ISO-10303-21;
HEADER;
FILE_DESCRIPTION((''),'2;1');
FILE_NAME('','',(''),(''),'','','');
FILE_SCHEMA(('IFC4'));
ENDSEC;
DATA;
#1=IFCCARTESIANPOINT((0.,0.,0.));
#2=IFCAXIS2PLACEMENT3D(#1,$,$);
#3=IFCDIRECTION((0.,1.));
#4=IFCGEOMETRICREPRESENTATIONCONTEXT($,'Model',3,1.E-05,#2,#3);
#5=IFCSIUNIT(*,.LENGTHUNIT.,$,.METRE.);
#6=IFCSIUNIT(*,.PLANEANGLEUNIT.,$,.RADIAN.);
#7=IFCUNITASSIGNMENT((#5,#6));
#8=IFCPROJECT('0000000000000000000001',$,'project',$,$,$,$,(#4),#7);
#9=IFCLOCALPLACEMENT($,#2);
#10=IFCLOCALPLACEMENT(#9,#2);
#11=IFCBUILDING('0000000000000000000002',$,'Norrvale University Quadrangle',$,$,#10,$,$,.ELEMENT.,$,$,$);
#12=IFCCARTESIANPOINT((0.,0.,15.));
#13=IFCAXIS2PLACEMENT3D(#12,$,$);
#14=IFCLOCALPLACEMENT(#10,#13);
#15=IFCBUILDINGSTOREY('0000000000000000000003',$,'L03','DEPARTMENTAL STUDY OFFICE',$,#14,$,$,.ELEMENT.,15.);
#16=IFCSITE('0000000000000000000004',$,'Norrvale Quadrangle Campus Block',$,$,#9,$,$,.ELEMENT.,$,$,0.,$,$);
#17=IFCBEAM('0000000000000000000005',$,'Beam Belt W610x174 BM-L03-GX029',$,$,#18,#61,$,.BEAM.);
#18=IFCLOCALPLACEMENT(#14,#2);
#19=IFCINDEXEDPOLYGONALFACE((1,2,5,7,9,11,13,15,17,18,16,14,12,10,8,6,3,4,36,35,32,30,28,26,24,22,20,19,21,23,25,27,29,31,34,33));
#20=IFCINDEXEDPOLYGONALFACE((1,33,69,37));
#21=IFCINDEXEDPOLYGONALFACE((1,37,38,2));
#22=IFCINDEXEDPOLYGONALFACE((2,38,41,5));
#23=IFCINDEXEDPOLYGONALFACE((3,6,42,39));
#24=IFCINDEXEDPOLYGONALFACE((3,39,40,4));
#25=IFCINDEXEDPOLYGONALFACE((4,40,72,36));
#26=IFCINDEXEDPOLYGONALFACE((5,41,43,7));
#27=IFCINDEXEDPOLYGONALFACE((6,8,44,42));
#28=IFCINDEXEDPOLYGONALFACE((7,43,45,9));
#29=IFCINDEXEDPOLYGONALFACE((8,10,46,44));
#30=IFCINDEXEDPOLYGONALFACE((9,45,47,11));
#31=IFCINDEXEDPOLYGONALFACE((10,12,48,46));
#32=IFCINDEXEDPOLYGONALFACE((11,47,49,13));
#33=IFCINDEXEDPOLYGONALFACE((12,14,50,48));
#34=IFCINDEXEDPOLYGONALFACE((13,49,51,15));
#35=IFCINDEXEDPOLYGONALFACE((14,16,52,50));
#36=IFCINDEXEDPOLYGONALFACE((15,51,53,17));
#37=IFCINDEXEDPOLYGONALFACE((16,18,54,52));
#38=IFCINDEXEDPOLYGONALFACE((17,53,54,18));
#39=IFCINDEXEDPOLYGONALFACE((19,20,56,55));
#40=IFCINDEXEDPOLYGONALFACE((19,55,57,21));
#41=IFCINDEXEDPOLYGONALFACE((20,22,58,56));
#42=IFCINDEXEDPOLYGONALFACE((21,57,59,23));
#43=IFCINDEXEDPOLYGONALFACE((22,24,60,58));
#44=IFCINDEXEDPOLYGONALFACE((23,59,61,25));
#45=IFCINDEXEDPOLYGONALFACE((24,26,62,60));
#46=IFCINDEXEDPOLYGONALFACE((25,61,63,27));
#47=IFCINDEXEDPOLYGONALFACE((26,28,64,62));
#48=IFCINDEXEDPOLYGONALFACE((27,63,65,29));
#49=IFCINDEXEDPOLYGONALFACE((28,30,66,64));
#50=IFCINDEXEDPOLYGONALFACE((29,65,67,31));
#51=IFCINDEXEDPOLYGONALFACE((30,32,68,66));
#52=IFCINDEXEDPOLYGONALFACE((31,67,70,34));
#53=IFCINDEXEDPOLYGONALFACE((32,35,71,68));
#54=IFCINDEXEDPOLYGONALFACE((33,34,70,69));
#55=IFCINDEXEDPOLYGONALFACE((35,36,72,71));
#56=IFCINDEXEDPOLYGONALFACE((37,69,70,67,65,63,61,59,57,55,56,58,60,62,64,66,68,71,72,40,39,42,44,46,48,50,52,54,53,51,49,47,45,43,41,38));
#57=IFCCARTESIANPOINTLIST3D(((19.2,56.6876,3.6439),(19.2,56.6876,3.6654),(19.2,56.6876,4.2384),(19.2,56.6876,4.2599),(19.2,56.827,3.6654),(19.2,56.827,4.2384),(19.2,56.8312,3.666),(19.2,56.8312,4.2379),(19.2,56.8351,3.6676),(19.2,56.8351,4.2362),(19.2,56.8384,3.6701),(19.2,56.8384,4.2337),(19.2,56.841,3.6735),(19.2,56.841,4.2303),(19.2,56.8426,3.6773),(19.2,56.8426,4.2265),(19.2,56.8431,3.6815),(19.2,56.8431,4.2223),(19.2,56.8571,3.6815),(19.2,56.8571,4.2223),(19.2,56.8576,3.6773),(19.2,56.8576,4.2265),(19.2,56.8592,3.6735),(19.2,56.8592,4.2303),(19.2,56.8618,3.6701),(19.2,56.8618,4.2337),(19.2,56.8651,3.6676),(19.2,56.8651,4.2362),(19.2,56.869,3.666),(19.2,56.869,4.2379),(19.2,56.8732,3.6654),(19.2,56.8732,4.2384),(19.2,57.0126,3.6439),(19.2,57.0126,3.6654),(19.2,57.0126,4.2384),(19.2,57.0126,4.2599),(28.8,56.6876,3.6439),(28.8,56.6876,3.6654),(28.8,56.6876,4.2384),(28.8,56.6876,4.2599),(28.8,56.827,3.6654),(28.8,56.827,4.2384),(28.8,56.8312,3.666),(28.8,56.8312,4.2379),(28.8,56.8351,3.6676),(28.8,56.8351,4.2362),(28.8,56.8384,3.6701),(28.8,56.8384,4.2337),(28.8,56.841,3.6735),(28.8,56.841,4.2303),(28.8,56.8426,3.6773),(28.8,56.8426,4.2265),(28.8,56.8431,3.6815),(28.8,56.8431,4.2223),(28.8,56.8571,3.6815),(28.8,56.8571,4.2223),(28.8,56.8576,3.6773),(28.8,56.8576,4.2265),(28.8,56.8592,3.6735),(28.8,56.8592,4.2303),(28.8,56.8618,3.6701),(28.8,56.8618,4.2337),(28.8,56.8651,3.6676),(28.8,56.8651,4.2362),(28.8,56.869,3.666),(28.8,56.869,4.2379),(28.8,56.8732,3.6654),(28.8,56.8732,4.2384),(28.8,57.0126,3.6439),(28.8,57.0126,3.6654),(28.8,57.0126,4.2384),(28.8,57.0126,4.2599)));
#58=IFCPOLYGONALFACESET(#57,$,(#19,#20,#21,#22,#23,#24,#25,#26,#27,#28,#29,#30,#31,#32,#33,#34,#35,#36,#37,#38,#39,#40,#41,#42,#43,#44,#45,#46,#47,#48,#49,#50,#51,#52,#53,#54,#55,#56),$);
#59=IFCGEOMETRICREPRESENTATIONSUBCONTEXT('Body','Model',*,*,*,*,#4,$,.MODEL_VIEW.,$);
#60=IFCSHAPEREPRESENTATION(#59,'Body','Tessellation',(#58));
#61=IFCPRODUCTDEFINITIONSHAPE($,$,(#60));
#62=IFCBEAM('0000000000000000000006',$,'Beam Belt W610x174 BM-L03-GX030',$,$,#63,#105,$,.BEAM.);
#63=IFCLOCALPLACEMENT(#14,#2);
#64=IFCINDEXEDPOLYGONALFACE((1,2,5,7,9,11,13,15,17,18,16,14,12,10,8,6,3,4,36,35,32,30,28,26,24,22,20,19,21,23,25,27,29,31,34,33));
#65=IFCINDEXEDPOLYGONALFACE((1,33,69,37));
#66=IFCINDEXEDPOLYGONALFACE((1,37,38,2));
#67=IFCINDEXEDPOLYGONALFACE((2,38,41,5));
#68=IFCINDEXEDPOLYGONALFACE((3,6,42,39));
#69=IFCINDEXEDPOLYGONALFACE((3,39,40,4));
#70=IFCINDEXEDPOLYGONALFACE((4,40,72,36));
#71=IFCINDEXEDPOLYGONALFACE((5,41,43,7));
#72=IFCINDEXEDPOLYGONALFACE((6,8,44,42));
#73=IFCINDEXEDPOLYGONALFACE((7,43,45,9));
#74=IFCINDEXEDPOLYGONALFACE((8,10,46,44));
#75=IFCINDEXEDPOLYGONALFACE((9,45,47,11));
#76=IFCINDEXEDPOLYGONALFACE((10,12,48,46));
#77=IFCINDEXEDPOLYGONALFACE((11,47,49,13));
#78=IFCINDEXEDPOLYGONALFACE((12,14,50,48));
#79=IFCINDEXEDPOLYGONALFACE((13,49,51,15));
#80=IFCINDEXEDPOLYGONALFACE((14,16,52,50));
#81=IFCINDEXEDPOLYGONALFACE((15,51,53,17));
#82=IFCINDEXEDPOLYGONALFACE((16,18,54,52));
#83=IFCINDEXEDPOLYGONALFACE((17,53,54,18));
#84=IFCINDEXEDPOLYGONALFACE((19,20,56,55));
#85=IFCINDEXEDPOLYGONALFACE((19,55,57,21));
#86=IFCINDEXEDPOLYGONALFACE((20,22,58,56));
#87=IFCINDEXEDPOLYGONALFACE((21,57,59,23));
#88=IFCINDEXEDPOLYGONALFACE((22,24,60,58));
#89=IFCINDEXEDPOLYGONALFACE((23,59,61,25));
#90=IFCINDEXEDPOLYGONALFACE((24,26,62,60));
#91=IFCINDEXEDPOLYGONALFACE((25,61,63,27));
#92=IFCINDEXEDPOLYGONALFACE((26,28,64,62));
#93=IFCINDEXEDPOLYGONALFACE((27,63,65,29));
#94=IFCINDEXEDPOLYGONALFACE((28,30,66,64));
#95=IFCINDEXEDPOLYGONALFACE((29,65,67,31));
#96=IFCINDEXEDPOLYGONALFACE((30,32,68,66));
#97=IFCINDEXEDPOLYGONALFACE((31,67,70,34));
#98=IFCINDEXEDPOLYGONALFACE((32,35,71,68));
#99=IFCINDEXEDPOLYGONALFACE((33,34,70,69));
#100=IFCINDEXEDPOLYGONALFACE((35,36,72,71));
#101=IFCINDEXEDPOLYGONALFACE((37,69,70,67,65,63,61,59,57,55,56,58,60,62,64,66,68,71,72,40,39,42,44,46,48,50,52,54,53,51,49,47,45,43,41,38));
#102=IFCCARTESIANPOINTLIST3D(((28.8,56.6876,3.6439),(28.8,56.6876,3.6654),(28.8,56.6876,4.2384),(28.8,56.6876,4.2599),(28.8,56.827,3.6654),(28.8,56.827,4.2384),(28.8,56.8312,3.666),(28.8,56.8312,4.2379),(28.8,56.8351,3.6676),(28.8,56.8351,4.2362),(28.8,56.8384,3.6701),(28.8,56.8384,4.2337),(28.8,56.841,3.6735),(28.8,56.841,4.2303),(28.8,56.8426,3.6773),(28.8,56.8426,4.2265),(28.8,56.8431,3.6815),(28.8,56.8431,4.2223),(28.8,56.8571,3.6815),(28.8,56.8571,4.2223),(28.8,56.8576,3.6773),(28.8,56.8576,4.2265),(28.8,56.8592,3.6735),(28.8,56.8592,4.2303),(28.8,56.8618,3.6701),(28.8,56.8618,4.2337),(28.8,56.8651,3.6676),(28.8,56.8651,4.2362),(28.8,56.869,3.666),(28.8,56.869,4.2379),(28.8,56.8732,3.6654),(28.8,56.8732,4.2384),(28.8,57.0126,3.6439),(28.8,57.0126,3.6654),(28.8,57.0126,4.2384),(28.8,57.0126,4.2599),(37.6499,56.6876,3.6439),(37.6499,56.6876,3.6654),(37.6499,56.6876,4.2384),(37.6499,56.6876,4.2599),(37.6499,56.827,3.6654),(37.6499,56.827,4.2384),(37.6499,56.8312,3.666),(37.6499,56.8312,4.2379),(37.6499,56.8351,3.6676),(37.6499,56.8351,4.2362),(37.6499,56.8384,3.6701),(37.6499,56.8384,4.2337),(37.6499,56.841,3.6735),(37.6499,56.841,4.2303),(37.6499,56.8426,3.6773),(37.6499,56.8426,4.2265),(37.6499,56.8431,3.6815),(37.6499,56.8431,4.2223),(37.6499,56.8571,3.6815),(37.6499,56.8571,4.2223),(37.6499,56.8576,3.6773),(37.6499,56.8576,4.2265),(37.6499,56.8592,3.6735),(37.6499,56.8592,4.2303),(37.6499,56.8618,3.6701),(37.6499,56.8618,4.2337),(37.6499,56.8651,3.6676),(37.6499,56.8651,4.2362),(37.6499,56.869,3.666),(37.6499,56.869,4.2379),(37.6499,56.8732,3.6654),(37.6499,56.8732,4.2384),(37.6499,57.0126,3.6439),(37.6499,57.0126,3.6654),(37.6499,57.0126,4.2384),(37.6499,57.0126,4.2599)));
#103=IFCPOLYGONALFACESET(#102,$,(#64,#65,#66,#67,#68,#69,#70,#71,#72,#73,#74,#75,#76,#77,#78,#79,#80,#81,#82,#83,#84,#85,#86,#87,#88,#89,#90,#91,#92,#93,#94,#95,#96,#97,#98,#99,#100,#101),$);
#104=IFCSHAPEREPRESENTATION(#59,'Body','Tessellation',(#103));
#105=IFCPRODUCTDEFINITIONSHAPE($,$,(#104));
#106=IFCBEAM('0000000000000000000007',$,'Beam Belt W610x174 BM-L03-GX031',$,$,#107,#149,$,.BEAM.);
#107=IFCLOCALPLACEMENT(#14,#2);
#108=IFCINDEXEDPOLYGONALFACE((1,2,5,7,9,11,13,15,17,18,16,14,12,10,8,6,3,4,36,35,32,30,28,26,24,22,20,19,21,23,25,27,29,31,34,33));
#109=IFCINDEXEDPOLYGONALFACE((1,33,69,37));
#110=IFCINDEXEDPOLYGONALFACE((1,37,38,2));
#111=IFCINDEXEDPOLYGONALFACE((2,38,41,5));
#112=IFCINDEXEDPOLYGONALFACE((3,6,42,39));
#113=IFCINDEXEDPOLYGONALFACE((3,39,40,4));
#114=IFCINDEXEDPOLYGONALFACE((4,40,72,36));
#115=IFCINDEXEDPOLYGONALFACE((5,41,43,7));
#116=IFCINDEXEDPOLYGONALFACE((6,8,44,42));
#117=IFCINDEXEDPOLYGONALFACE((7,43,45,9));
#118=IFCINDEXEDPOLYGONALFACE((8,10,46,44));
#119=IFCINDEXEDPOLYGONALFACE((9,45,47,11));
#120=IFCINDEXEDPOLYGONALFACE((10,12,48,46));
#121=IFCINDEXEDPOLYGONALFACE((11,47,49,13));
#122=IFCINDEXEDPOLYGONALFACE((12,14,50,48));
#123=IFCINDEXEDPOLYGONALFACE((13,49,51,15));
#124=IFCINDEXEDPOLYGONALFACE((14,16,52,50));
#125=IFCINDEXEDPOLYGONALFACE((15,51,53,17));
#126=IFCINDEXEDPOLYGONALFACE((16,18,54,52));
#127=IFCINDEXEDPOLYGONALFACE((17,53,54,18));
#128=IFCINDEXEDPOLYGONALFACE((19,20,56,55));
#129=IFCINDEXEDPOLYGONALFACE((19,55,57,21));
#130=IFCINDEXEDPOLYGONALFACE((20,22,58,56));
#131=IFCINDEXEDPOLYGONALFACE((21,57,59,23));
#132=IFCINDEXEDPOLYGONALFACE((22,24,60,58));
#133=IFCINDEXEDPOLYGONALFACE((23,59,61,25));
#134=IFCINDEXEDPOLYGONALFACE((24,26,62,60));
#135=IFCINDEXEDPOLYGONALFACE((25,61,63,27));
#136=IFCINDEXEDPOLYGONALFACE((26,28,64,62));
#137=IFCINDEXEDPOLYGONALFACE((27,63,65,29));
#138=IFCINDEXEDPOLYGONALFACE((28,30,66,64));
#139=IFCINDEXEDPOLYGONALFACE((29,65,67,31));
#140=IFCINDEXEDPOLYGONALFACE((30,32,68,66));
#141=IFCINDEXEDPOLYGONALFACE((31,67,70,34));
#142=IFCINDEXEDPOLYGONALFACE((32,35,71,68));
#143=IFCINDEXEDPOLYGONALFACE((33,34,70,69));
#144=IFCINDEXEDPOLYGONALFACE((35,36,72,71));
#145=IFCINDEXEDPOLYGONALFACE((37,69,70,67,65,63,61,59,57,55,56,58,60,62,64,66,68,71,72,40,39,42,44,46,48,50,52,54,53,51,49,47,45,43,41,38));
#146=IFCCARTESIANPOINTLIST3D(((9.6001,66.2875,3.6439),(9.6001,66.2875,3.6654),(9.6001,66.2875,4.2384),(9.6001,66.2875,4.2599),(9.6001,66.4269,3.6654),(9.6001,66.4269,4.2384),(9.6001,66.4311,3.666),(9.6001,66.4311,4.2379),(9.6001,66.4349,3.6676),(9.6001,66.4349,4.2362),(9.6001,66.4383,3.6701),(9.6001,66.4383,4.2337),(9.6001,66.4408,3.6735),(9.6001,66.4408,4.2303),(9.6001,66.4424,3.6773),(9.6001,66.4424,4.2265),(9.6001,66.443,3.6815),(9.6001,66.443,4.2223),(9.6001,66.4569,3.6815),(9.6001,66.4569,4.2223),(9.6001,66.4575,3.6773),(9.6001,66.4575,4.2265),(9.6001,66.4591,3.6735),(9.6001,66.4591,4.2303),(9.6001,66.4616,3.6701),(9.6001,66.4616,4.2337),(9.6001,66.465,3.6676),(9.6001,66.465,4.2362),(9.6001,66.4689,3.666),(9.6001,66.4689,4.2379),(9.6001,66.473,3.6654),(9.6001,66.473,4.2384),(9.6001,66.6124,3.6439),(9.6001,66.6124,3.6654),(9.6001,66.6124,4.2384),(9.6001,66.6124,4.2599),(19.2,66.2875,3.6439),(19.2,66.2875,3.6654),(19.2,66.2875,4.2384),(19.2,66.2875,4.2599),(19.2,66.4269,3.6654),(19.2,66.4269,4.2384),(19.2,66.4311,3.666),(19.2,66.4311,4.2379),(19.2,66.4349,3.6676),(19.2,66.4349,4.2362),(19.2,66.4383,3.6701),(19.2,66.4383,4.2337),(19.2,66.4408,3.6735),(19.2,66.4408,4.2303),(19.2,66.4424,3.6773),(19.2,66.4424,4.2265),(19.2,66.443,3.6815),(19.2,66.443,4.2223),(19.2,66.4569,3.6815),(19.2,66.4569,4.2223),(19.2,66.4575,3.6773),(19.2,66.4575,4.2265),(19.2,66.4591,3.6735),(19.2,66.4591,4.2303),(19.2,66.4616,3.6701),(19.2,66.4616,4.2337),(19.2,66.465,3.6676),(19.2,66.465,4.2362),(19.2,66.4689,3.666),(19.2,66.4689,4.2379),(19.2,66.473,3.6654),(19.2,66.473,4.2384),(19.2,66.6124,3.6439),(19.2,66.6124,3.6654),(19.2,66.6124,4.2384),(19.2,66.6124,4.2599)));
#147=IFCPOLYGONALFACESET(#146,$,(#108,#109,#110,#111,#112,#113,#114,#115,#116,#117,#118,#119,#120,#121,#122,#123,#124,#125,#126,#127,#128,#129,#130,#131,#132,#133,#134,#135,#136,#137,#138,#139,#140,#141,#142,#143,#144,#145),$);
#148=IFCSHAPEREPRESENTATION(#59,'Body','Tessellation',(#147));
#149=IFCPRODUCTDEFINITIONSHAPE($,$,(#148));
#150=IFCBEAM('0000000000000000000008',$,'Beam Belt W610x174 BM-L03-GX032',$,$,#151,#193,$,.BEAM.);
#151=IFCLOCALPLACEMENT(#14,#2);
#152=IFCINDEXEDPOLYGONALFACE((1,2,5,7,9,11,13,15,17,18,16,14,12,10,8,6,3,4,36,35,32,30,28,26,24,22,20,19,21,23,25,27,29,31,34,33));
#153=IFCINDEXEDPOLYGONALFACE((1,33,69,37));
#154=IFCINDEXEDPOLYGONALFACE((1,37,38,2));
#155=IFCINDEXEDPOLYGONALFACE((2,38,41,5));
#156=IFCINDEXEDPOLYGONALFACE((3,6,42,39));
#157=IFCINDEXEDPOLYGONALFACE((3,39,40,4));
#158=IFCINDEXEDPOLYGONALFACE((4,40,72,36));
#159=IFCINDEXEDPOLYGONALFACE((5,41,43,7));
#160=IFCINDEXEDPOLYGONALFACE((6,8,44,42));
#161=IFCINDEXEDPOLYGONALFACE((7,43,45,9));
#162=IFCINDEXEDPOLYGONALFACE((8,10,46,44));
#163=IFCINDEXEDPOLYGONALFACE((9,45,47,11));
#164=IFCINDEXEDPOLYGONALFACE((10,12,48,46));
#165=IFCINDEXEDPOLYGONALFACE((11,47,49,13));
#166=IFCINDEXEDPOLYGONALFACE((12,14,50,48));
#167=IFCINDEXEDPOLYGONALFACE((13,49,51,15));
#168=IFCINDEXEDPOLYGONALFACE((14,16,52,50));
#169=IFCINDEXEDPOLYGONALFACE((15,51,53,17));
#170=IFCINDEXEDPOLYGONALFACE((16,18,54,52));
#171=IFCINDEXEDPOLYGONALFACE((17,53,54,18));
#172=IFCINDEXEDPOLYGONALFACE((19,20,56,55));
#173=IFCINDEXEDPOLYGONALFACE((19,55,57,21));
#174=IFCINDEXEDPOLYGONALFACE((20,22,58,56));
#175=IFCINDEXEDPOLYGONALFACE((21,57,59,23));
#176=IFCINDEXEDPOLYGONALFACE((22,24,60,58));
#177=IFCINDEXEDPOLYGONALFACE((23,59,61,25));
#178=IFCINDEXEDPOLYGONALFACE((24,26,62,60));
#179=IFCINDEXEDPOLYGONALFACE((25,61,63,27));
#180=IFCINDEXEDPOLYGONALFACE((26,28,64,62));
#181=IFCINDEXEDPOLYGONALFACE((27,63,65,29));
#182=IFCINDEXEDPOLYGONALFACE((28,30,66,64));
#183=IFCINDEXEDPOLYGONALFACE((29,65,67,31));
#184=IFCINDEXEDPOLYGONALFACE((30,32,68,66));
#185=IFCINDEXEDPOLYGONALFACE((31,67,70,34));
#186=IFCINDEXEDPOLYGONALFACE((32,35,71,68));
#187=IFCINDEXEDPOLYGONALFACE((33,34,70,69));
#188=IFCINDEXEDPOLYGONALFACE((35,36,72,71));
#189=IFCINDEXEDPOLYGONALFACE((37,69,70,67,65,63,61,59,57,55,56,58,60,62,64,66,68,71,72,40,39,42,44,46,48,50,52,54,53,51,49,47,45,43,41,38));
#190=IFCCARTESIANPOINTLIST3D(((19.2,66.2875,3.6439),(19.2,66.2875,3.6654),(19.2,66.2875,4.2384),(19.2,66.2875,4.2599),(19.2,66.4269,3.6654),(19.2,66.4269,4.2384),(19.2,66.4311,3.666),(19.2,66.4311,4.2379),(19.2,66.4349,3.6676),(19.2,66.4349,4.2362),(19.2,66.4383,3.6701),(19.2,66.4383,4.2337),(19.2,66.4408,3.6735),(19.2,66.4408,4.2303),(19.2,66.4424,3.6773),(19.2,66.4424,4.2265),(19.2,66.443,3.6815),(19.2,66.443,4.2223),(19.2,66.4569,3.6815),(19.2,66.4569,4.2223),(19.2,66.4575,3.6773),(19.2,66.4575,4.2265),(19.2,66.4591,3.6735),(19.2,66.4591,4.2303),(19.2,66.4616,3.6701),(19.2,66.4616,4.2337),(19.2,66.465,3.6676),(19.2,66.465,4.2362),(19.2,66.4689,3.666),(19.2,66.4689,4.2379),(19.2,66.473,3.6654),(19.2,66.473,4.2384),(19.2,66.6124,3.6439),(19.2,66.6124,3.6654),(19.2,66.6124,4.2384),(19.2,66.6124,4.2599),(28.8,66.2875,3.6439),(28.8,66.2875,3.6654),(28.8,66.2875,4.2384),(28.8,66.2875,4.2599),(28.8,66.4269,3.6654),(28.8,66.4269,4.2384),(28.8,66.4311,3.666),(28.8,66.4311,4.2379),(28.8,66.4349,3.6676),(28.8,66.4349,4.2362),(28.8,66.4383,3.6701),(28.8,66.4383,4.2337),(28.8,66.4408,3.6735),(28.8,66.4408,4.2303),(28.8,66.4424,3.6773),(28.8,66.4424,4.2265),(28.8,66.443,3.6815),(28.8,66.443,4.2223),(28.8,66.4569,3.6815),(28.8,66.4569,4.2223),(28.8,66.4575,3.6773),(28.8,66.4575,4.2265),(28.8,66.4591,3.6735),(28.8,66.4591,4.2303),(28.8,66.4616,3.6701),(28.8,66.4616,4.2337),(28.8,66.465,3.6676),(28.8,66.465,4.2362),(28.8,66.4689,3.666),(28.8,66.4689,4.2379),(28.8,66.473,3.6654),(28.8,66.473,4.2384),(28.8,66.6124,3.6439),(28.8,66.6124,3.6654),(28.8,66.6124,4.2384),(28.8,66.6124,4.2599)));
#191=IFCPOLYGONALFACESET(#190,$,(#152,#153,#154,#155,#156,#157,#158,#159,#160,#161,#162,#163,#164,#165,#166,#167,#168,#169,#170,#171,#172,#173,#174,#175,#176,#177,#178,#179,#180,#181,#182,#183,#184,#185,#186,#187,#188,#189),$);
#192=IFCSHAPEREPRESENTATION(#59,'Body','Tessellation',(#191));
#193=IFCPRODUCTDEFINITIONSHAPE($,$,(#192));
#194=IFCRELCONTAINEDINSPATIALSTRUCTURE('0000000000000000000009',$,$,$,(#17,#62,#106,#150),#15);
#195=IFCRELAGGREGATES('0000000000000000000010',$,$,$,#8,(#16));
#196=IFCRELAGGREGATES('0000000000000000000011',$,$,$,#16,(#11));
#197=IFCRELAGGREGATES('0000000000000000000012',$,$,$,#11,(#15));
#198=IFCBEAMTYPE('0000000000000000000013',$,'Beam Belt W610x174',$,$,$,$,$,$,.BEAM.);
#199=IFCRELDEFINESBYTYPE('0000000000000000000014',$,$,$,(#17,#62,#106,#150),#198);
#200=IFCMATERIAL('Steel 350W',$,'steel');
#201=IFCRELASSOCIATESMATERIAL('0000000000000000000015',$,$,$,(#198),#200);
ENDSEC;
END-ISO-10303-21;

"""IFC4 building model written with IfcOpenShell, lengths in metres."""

from ifc_helpers import new_model, si_unit, direction, frame, origin, origin_2d, place, context, subcontext, project, spatial, i_section, extrude, material, material_profile, profile_set, type_object, element, save


model = new_model("IFC4")

# Units and contexts
model_context = context("Model", 3, precision=1e-05, world=origin(), true_north=direction((0.0, 1.0)))
body_context = subcontext(model_context, "Body", "Model", "MODEL_VIEW")
ifc_project = project(units=[si_unit("LENGTHUNIT", "METRE"), si_unit("PLANEANGLEUNIT", "RADIAN")], contexts=[model_context])

# Site, building, storey
site_placement = place(None, origin())
site = spatial("IfcSite", under=ifc_project, at=site_placement, Name="Norrvale Quadrangle Campus Block", CompositionType="ELEMENT", RefElevation=0.0)
building_placement = place(site_placement, origin())
building = spatial("IfcBuilding", under=site, at=building_placement, Name="Norrvale University Quadrangle", CompositionType="ELEMENT")
storey_placement = place(building_placement, frame((0.0, 0.0, 15.0)))
storey = spatial("IfcBuildingStorey", under=building, at=storey_placement, Name="L03", Description="DEPARTMENTAL STUDY OFFICE", CompositionType="ELEMENT", Elevation=15.0)

# Beams
ifc_material_1 = material(Name="Steel 350W", Category="steel")
ifc_material_profile_1 = material_profile(ifc_material_1, i_section(OverallWidth=0.325, OverallDepth=0.616, WebThickness=0.0139, FlangeThickness=0.0215, FilletRadius=0.0161, at=origin_2d()), Name="Steel 350W")
ifc_profile_set_1 = profile_set([ifc_material_profile_1], Name="Steel 350W")
beam_type_1 = type_object("IfcBeamType", Name="Beam Belt W610x174", PredefinedType="BEAM", material=ifc_profile_set_1)
beam_1_placement = place(storey_placement, frame((19.2, 56.8501, 3.9519), z_axis=(1.0, 0.0, 0.0), x_axis=(0.0, 1.0, 0.0)))
element("IfcBeam", 1, at=beam_1_placement, inside=storey, type_object=beam_type_1, Name="Beam Belt W610x174 BM-L03-GX029", PredefinedType="BEAM", context=body_context, shape_type="SweptSolid", body=[
    extrude(i_section(OverallWidth=0.325, OverallDepth=0.616, WebThickness=0.0139, FlangeThickness=0.0215, FilletRadius=0.0161, at=origin_2d()), origin(), (0.0, 0.0, 1.0), 9.6001),
])
beam_2_placement = place(storey_placement, frame((28.8, 56.8501, 3.9519), z_axis=(1.0, 0.0, 0.0), x_axis=(0.0, 1.0, 0.0)))
element("IfcBeam", 2, at=beam_2_placement, inside=storey, type_object=beam_type_1, Name="Beam Belt W610x174 BM-L03-GX030", PredefinedType="BEAM", context=body_context, shape_type="SweptSolid", body=[
    extrude(i_section(OverallWidth=0.325, OverallDepth=0.616, WebThickness=0.0139, FlangeThickness=0.0215, FilletRadius=0.0161, at=origin_2d()), origin(), (0.0, 0.0, 1.0), 8.8499),
])
beam_3_placement = place(storey_placement, frame((9.6001, 66.45, 3.9519), z_axis=(1.0, 0.0, 0.0), x_axis=(0.0, 1.0, 0.0)))
element("IfcBeam", 3, at=beam_3_placement, inside=storey, type_object=beam_type_1, Name="Beam Belt W610x174 BM-L03-GX031", PredefinedType="BEAM", context=body_context, shape_type="SweptSolid", body=[
    extrude(i_section(OverallWidth=0.325, OverallDepth=0.616, WebThickness=0.0139, FlangeThickness=0.0215, FilletRadius=0.0161, at=origin_2d()), origin(), (0.0, 0.0, 1.0), 9.5999),
])
for number, where, z_axis, x_axis, name in (
    (4, (19.2, 66.45, 3.9519), (1.0, 0.0, 0.0), (0.0, 1.0, 0.0), "Beam Belt W610x174 BM-L03-GX032"),
):
    element("IfcBeam", number, at=place(storey_placement, frame(where, z_axis=z_axis, x_axis=x_axis)), inside=storey, type_object=beam_type_1, Name=name, PredefinedType="BEAM", context=body_context, shape_type="SweptSolid", body=[
        extrude(i_section(OverallWidth=0.325, OverallDepth=0.616, WebThickness=0.0139, FlangeThickness=0.0215, FilletRadius=0.0161, at=origin_2d()), origin(), (0.0, 0.0, 1.0), 9.6001),
    ])

save(model, "model.ifc")
